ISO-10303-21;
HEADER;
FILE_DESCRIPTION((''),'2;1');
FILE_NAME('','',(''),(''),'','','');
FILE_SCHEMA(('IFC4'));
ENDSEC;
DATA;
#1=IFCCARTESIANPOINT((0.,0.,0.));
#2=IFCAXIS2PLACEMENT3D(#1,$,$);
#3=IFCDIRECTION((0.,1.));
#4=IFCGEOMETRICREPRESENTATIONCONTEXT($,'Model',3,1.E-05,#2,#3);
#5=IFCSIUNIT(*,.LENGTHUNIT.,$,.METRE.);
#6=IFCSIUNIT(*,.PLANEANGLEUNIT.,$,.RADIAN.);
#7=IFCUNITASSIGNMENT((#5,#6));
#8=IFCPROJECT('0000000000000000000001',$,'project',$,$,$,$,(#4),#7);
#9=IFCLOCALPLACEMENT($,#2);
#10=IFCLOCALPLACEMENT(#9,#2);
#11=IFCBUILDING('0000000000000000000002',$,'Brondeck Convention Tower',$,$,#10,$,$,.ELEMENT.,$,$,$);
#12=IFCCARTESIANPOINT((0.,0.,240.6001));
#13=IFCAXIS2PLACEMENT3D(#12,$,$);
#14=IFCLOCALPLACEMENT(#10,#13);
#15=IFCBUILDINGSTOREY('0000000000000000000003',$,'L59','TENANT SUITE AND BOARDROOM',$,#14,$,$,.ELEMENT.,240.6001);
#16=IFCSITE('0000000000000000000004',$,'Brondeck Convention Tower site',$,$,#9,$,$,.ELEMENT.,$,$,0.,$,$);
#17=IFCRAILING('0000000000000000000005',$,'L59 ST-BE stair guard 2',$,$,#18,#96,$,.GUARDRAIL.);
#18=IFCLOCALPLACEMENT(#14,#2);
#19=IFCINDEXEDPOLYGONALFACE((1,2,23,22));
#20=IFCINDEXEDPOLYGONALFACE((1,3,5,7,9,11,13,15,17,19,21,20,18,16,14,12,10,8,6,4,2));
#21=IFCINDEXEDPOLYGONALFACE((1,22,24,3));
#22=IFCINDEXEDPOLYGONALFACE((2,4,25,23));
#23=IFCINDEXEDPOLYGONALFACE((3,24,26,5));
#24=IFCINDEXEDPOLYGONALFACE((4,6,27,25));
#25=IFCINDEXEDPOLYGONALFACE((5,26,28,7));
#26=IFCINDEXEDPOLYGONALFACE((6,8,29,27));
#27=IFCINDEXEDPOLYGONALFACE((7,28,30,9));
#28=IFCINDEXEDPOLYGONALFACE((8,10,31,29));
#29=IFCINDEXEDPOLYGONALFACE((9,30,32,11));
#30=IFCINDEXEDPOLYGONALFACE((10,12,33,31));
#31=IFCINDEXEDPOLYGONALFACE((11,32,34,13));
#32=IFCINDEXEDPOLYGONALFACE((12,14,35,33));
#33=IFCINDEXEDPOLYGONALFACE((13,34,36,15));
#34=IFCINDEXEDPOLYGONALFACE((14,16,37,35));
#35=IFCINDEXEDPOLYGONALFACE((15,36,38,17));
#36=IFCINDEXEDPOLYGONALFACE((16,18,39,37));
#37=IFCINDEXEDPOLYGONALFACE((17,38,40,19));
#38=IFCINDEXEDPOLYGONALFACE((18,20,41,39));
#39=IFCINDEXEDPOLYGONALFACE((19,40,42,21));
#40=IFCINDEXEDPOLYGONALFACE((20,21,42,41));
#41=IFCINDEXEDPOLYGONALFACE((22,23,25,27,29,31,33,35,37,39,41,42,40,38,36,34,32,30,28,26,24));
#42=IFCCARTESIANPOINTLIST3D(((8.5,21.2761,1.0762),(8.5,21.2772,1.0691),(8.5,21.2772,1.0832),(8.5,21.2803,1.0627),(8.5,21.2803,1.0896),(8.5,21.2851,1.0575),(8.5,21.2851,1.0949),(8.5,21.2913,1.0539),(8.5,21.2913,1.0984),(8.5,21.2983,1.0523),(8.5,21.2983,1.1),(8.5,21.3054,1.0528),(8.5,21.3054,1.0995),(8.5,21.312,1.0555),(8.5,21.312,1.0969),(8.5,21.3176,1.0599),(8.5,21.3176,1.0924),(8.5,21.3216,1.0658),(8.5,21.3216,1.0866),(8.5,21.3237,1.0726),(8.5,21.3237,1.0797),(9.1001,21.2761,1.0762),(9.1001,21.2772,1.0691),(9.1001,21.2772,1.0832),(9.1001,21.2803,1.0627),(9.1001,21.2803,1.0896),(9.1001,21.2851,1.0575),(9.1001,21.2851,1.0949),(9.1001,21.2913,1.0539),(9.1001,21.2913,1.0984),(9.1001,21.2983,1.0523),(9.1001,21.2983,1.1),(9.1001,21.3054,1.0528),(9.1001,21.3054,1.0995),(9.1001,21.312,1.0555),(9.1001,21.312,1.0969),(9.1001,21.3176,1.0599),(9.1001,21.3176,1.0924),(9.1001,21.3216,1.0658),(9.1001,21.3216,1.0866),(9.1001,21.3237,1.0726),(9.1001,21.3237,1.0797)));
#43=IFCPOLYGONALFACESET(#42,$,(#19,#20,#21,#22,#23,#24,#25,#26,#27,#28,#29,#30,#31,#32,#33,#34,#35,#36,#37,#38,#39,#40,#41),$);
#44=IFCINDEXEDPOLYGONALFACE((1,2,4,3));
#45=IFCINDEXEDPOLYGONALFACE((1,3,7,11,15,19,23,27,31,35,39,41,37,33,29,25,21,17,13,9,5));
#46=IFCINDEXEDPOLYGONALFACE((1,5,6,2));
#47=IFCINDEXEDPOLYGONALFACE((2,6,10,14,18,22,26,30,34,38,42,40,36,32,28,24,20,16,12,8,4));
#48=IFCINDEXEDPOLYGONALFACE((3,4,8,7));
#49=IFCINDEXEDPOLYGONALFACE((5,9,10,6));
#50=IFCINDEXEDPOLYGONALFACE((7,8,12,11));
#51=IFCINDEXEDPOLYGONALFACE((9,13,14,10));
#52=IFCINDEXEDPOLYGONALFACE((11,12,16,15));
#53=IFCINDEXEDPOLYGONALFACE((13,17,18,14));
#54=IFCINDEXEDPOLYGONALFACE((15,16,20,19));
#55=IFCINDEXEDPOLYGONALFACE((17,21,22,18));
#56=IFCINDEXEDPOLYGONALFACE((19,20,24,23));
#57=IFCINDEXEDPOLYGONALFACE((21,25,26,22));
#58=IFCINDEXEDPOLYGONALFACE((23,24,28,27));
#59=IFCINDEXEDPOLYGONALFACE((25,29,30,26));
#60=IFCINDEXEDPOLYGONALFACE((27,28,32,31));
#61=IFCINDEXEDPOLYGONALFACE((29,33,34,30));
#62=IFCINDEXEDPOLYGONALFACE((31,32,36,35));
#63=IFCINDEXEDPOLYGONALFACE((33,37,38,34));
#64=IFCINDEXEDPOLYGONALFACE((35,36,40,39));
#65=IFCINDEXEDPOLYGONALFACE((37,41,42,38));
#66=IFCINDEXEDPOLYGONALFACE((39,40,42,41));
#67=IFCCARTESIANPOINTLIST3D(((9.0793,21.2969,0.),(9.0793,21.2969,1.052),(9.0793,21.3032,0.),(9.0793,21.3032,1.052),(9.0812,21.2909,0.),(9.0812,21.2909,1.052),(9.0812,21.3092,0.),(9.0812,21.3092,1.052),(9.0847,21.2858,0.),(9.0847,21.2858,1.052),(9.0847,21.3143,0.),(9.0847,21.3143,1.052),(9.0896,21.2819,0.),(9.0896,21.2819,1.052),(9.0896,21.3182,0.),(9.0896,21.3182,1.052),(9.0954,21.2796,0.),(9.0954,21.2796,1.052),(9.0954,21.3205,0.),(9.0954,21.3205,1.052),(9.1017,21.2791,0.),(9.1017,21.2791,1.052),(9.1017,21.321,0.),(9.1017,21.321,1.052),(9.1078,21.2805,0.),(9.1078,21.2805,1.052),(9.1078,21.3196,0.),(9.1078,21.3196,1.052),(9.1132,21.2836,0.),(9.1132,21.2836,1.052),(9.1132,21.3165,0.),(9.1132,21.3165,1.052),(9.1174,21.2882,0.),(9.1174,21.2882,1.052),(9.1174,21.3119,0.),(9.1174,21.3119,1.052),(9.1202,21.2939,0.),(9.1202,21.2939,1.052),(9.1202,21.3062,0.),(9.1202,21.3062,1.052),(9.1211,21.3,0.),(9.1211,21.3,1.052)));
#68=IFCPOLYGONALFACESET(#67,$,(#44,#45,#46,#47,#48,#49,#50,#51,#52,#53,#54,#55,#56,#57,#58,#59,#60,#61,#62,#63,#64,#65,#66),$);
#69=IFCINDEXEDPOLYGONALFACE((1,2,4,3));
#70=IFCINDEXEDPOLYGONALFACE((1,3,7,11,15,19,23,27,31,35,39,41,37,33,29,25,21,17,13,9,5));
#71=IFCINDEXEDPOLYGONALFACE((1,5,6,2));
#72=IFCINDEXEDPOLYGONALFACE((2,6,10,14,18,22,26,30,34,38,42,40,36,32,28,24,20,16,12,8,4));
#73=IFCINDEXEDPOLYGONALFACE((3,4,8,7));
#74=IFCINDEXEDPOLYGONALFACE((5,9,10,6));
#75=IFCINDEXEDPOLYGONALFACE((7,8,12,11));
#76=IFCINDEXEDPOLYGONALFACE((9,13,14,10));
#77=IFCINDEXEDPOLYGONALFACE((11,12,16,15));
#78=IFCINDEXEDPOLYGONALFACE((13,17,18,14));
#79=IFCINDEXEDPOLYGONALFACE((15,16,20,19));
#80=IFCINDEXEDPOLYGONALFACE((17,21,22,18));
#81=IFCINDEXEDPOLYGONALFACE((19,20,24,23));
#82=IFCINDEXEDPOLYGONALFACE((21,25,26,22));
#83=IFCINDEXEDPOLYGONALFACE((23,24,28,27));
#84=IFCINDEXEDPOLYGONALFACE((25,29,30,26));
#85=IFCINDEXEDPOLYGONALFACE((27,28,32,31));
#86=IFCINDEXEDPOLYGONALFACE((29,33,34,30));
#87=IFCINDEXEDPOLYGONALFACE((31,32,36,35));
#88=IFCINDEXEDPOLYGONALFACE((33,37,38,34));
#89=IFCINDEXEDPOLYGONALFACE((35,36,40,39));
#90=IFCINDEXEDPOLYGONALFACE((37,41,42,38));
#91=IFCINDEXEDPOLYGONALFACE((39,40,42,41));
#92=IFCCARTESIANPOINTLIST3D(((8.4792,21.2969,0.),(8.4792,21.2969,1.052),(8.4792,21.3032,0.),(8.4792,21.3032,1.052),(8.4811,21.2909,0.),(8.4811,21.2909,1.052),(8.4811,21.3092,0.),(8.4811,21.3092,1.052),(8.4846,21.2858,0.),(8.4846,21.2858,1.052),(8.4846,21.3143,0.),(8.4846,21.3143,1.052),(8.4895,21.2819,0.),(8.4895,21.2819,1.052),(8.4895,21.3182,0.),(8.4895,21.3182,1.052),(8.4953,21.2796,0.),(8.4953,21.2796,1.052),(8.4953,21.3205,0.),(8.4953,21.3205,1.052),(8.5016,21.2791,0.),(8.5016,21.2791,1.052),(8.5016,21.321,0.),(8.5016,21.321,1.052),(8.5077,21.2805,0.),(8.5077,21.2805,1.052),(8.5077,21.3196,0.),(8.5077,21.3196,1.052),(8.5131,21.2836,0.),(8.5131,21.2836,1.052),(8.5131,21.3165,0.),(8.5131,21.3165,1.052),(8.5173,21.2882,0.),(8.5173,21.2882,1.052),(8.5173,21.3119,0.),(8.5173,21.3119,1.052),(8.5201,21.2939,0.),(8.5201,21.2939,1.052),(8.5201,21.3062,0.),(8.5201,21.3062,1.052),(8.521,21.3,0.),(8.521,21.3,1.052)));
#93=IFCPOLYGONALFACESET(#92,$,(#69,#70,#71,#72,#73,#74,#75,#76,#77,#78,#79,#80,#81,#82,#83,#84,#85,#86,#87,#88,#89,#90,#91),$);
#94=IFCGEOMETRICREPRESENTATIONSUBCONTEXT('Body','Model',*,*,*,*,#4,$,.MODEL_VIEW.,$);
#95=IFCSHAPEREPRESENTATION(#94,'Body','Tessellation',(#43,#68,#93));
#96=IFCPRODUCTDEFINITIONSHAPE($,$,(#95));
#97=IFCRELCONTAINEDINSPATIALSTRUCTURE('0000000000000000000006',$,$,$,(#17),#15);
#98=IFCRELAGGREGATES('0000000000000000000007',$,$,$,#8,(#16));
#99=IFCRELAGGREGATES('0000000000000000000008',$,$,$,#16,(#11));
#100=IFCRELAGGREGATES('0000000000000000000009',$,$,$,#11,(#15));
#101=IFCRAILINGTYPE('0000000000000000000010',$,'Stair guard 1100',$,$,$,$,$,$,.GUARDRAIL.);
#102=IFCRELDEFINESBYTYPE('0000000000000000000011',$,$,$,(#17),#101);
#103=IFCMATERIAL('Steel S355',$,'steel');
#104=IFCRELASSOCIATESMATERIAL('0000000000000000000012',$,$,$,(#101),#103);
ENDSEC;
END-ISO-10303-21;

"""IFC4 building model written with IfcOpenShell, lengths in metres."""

from ifc_helpers import new_model, si_unit, direction, frame, origin, origin_2d, place, context, subcontext, project, spatial, circle, extrude, material, type_object, element, save


model = new_model("IFC4")

# Units and contexts
model_context = context("Model", 3, precision=1e-05, world=origin(), true_north=direction((0.0, 1.0)))
body_context = subcontext(model_context, "Body", "Model", "MODEL_VIEW")
ifc_project = project(units=[si_unit("LENGTHUNIT", "METRE"), si_unit("PLANEANGLEUNIT", "RADIAN")], contexts=[model_context])

# Site, building, storey
site_placement = place(None, origin())
site = spatial("IfcSite", under=ifc_project, at=site_placement, Name="Brondeck Convention Tower site", CompositionType="ELEMENT", RefElevation=0.0)
building_placement = place(site_placement, origin())
building = spatial("IfcBuilding", under=site, at=building_placement, Name="Brondeck Convention Tower", CompositionType="ELEMENT")
storey_placement = place(building_placement, frame((0.0, 0.0, 240.6001)))
storey = spatial("IfcBuildingStorey", under=building, at=storey_placement, Name="L59", Description="TENANT SUITE AND BOARDROOM", CompositionType="ELEMENT", Elevation=240.6001)

# Railing
ifc_material_1 = material(Name="Steel S355", Category="steel")
railing_type = type_object("IfcRailingType", Name="Stair guard 1100", PredefinedType="GUARDRAIL", material=ifc_material_1)
railing_placement = place(storey_placement, frame((9.1001, 21.3, 0.0)))
element("IfcRailing", 1, at=railing_placement, inside=storey, type_object=railing_type, Name="L59 ST-BE stair guard 2", PredefinedType="GUARDRAIL", context=body_context, shape_type="SweptSolid", body=[
    extrude(circle(Radius=0.0239, at=origin_2d()), frame((0.0, 0.0, 1.0762), z_axis=(-1.0, 0.0, 0.0), x_axis=(0.0, -1.0, 0.0)), (0.0, 0.0, 1.0), 0.6001),
    extrude(circle(Radius=0.021, at=origin_2d()), origin(), (0.0, 0.0, 1.0), 1.052),
    extrude(circle(Radius=0.021, at=origin_2d()), frame((-0.6001, 0.0, 0.0)), (0.0, 0.0, 1.0), 1.052),
])

save(model, "model.ifc")
